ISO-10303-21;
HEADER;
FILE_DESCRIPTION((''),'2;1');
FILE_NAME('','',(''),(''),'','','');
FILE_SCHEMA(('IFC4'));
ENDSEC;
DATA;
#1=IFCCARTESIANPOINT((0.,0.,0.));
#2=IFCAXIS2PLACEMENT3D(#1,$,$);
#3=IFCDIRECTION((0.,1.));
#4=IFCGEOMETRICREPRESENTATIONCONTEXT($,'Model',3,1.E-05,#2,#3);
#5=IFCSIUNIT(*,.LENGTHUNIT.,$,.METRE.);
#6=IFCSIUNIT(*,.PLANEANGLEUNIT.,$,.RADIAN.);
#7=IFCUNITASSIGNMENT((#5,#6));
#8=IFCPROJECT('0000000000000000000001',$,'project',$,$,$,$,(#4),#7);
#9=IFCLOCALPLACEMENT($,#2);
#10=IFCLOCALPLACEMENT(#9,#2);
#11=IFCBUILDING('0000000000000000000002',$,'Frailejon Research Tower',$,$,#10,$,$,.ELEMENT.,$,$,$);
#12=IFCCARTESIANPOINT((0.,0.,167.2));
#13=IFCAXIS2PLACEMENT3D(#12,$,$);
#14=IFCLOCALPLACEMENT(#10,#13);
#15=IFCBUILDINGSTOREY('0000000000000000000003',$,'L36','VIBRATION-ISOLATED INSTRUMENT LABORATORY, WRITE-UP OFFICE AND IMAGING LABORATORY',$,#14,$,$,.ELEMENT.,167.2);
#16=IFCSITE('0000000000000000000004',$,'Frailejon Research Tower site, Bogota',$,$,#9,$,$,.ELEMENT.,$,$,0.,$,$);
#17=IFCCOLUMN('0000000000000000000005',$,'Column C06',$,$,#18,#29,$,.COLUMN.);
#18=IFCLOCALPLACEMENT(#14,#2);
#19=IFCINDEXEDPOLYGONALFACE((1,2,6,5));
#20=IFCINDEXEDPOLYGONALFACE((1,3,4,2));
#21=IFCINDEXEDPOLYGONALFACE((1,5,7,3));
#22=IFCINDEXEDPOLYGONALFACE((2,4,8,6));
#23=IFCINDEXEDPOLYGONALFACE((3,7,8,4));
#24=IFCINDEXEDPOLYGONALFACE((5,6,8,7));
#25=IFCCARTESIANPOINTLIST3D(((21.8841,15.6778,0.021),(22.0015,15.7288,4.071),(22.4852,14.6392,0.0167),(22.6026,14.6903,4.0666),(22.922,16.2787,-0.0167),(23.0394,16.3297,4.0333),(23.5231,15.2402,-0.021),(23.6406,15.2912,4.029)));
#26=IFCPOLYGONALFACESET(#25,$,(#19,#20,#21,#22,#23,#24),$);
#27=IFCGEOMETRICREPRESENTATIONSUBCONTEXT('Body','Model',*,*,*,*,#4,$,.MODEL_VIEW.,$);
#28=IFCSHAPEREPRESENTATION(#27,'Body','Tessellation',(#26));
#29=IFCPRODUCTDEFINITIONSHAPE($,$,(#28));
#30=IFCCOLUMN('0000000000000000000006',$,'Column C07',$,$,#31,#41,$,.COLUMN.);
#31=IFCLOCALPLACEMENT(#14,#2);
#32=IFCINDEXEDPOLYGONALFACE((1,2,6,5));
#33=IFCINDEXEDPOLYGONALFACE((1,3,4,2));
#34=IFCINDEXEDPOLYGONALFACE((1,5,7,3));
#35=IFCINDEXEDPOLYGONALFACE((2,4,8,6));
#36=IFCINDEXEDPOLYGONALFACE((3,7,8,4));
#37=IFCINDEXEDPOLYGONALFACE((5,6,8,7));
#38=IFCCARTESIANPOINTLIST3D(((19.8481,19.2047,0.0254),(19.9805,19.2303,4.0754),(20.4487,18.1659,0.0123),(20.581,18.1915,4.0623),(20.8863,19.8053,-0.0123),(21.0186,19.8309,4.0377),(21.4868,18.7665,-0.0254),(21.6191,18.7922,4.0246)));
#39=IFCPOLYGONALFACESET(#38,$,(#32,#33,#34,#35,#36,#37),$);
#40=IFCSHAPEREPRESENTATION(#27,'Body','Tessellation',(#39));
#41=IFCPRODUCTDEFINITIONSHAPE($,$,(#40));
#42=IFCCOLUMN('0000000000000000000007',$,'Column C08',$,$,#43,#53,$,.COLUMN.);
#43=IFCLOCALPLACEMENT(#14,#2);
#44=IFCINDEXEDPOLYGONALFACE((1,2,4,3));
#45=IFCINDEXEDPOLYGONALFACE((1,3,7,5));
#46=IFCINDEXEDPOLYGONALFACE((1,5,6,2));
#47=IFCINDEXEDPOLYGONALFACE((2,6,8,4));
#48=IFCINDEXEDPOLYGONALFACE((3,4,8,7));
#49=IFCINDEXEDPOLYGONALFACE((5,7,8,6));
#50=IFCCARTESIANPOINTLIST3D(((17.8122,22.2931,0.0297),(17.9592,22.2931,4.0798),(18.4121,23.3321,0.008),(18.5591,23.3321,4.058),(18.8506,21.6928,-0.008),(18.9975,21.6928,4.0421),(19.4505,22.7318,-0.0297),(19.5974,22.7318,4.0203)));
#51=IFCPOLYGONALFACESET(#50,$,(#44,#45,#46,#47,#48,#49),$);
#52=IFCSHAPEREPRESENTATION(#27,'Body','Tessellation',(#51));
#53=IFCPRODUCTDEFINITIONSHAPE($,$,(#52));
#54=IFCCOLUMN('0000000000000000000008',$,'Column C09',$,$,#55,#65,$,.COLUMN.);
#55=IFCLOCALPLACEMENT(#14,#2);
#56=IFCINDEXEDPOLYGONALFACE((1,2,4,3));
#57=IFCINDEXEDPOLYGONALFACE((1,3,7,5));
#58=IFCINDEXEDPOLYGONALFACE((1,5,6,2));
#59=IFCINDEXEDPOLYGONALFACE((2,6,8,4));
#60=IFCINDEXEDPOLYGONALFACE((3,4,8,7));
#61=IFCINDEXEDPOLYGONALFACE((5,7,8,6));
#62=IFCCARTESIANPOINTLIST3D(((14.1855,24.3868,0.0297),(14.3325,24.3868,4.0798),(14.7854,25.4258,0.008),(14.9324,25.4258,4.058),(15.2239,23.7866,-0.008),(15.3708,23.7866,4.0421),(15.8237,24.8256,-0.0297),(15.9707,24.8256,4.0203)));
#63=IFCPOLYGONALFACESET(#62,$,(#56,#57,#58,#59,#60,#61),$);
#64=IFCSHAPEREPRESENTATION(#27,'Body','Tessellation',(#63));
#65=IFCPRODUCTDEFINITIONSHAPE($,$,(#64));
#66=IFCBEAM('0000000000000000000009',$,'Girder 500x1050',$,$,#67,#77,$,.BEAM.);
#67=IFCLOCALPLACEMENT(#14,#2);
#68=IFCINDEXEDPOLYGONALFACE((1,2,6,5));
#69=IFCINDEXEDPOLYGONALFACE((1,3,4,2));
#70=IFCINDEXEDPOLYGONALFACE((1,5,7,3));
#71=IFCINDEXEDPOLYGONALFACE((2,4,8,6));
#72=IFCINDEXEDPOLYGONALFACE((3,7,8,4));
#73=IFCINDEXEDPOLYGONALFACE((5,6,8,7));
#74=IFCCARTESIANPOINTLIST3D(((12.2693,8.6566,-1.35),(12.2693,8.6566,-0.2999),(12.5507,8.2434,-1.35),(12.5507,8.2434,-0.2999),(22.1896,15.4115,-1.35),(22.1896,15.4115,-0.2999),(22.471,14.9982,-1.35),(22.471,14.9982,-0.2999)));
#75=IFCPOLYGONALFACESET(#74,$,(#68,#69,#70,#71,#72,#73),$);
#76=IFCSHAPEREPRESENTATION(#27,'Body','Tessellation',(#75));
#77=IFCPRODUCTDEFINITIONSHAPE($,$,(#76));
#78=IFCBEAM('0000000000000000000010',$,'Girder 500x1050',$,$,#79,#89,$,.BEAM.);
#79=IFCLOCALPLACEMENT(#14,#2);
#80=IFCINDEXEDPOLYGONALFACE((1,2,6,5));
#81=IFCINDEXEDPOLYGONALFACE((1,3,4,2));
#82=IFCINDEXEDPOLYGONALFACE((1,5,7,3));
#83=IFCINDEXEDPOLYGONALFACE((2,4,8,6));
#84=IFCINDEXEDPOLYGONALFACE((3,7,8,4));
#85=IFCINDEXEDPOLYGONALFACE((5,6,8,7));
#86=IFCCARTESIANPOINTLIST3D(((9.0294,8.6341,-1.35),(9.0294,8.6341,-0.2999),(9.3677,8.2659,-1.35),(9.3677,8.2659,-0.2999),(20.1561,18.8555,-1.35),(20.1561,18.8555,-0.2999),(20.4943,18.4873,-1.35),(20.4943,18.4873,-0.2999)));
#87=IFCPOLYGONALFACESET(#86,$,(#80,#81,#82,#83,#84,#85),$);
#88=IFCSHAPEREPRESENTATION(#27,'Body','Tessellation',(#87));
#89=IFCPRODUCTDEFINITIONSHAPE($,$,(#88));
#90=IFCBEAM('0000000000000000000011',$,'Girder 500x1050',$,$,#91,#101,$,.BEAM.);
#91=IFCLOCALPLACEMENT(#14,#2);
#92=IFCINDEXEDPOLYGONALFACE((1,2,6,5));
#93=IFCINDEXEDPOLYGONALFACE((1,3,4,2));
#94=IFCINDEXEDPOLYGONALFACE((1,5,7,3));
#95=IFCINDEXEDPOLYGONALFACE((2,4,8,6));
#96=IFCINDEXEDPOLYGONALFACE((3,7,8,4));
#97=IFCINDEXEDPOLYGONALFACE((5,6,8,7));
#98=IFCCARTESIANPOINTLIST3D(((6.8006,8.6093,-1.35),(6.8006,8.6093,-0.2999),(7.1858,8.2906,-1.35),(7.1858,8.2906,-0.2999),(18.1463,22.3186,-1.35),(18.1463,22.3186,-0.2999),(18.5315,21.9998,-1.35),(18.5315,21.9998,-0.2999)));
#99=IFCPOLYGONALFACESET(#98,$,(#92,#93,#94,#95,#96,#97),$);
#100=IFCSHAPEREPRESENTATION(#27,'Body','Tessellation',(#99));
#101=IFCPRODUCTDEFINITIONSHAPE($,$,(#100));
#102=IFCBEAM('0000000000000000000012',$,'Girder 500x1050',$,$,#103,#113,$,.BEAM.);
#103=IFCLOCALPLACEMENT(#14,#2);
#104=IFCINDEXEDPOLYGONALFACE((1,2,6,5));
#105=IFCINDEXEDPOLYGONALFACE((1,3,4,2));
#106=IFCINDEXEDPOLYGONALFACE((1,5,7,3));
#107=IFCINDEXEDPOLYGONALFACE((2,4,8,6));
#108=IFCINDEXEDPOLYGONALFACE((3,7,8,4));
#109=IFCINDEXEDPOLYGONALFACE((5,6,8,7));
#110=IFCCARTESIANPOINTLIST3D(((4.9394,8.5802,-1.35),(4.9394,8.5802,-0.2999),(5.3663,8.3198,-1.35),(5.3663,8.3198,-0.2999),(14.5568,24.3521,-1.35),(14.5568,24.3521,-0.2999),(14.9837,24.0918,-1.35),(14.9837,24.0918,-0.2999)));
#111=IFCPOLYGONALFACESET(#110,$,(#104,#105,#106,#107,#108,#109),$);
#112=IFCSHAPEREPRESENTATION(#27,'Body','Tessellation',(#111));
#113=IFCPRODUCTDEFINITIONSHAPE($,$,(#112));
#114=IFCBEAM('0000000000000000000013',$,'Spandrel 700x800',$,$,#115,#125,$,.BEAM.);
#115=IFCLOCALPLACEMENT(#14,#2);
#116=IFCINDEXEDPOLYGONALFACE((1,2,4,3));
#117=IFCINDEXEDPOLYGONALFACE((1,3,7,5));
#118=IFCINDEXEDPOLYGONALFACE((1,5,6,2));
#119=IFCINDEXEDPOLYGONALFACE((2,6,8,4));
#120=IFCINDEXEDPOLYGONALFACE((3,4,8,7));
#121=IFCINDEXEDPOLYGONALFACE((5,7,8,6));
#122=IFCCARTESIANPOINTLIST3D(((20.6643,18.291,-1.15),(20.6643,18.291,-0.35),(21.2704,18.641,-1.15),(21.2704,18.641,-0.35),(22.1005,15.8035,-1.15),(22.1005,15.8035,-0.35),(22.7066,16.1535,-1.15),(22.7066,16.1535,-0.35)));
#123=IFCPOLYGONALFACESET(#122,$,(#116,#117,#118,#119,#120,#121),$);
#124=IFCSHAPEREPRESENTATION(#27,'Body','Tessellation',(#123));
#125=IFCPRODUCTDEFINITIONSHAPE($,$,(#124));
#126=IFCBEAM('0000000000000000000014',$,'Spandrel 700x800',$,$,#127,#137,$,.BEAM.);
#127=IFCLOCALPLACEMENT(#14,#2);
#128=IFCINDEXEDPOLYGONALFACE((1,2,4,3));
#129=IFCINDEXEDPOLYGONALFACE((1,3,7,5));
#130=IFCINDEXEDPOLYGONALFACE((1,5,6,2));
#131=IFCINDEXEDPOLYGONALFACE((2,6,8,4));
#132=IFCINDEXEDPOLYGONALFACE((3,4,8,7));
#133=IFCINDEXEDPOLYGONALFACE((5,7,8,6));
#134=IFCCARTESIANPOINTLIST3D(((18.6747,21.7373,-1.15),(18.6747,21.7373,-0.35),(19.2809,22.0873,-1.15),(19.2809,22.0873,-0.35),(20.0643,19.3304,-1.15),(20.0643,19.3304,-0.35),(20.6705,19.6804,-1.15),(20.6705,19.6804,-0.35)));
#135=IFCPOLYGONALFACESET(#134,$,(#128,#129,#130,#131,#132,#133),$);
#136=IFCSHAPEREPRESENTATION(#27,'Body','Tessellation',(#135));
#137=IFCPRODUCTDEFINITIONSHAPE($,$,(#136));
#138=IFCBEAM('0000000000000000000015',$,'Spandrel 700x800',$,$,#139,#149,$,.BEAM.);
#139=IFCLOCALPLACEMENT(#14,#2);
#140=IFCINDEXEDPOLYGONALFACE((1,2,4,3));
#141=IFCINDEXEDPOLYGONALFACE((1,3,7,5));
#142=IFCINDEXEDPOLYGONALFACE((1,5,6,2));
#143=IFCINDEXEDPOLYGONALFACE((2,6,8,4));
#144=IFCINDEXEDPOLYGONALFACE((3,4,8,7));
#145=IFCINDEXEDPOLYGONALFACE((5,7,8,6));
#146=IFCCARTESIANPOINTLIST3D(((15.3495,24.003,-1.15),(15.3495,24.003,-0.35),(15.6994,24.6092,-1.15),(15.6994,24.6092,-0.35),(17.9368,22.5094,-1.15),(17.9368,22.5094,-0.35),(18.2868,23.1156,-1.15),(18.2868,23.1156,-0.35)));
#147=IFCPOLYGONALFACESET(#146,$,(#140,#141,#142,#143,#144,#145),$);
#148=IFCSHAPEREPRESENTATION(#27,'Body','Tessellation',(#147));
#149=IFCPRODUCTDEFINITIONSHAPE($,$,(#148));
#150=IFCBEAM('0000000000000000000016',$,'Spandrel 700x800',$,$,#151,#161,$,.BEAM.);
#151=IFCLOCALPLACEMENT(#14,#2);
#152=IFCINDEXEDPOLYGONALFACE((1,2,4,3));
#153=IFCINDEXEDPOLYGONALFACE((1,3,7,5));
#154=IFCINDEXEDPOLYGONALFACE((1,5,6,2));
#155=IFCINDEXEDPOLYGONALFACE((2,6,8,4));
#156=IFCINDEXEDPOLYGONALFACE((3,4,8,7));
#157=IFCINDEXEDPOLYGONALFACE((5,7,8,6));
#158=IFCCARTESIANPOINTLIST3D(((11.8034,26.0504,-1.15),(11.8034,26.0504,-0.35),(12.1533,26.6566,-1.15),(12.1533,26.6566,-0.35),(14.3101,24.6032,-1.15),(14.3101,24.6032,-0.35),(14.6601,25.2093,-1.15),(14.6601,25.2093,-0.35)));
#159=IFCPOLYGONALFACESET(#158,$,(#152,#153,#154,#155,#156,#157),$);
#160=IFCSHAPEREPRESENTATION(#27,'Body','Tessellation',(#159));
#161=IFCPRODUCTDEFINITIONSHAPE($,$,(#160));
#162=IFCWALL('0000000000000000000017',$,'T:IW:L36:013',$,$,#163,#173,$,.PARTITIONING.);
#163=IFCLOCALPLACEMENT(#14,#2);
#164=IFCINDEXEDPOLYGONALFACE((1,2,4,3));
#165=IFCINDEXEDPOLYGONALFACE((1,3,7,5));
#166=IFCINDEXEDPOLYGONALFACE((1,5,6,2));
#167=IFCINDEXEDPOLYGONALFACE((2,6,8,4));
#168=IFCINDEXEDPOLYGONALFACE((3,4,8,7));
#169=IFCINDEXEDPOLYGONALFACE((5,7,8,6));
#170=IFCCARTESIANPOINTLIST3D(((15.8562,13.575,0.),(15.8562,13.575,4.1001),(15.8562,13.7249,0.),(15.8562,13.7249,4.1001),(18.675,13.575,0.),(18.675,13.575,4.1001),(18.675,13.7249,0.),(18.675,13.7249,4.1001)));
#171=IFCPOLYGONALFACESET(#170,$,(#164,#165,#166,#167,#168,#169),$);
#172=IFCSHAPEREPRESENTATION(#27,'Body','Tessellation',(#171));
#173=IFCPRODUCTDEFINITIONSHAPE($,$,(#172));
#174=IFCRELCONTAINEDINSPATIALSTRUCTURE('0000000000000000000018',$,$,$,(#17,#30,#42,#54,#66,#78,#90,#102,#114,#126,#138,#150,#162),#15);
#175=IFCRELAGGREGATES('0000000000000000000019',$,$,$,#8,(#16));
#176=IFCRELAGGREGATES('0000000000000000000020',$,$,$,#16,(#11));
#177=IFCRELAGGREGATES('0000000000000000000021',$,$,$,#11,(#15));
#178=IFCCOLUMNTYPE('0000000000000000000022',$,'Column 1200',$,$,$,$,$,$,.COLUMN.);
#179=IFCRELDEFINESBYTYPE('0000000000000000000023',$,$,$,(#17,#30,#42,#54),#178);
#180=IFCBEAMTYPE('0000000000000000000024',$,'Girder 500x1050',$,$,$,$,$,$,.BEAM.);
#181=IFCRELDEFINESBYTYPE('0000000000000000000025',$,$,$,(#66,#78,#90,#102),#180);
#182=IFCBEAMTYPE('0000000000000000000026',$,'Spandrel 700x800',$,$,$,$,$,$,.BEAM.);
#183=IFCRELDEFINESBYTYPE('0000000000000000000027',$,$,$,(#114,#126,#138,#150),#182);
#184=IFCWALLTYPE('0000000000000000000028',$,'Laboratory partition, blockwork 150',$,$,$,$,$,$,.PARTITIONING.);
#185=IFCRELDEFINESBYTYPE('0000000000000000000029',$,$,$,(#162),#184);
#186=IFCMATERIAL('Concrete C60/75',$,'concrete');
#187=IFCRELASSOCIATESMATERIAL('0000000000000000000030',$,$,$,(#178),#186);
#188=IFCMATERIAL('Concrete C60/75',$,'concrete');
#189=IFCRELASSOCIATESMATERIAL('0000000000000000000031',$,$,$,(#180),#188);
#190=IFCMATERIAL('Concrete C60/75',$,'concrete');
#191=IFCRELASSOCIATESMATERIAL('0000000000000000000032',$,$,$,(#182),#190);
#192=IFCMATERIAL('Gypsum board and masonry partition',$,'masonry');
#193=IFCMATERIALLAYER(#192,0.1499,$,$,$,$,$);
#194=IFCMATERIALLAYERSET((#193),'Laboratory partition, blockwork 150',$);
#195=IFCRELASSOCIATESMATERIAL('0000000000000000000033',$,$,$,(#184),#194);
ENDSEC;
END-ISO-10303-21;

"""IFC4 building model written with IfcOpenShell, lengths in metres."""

from ifc_helpers import new_model, si_unit, direction, frame, frame_2d, origin, origin_2d, place, context, subcontext, project, spatial, rectangle, extrude, material, layer, layer_set, material_profile, profile_set, type_object, element, save


model = new_model("IFC4")

# Units and contexts
model_context = context("Model", 3, precision=1e-05, world=origin(), true_north=direction((0.0, 1.0)))
body_context = subcontext(model_context, "Body", "Model", "MODEL_VIEW")
ifc_project = project(units=[si_unit("LENGTHUNIT", "METRE"), si_unit("PLANEANGLEUNIT", "RADIAN")], contexts=[model_context])

# Site, building, storey
site_placement = place(None, origin())
site = spatial("IfcSite", under=ifc_project, at=site_placement, Name="Frailejon Research Tower site, Bogota", CompositionType="ELEMENT", RefElevation=0.0)
building_placement = place(site_placement, origin())
building = spatial("IfcBuilding", under=site, at=building_placement, Name="Frailejon Research Tower", CompositionType="ELEMENT")
storey_placement = place(building_placement, frame((0.0, 0.0, 167.2)))
storey = spatial("IfcBuildingStorey", under=building, at=storey_placement, Name="L36", Description="VIBRATION-ISOLATED INSTRUMENT LABORATORY, WRITE-UP OFFICE AND IMAGING LABORATORY", CompositionType="ELEMENT", Elevation=167.2)

# Columns
ifc_material_1 = material(Name="Concrete C60/75", Category="concrete")
ifc_material_profile_1 = material_profile(ifc_material_1, rectangle(XDim=1.2, YDim=1.2, at=origin_2d()), Name="Column 1200")
ifc_profile_set_1 = profile_set([ifc_material_profile_1], Name="Concrete C60/75")
column_type = type_object("IfcColumnType", Name="Column 1200", PredefinedType="COLUMN", material=ifc_profile_set_1)
column_1_placement = place(storey_placement, frame((22.7036, 15.459, 0.0), z_axis=(0.028981, 0.012592, 0.999501), x_axis=(-0.500966, 0.865459, 0.003622)))
element("IfcColumn", 1, at=column_1_placement, inside=storey, type_object=column_type, Name="Column C06", PredefinedType="COLUMN", context=body_context, shape_type="SweptSolid", body=[
    extrude(rectangle(XDim=1.2, YDim=1.2, at=origin_2d()), origin(), (0.0, 0.0, 1.0), 4.052),
])
column_2_placement = place(storey_placement, frame((20.6675, 18.9856, 0.0), z_axis=(0.032654, 0.006326, 0.999447), x_axis=(-0.500479, 0.865681, 0.010872)))
element("IfcColumn", 2, at=column_2_placement, inside=storey, type_object=column_type, Name="Column C07", PredefinedType="COLUMN", context=body_context, shape_type="SweptSolid", body=[
    extrude(rectangle(XDim=1.2, YDim=1.2, at=origin_2d()), origin(), (0.0, 0.0, 1.0), 4.0522),
])
for number, where, z_axis, x_axis, name in (
    (3, (18.6313, 22.5125, 0.0), (0.036265, 0.0, 0.999342), (-0.865314, 0.500246, 0.031401), "Column C08"),
    (4, (15.0046, 24.6062, 0.0), (0.036265, 0.0, 0.999342), (-0.865314, 0.500246, 0.031401), "Column C09"),
):
    element("IfcColumn", number, at=place(storey_placement, frame(where, z_axis=z_axis, x_axis=x_axis)), inside=storey, type_object=column_type, Name=name, PredefinedType="COLUMN", context=body_context, shape_type="SweptSolid", body=[
        extrude(rectangle(XDim=1.2, YDim=1.2, at=origin_2d()), origin(), (0.0, 0.0, 1.0), 4.0527),
    ])

# Beams
ifc_material_2 = material(Name="Concrete C60/75", Category="concrete")
ifc_material_profile_2 = material_profile(ifc_material_2, rectangle(XDim=0.5, YDim=1.05, at=origin_2d()), Name="Girder 500x1050")
ifc_profile_set_2 = profile_set([ifc_material_profile_2], Name="Concrete C60/75")
beam_type_1 = type_object("IfcBeamType", Name="Girder 500x1050", PredefinedType="BEAM", material=ifc_profile_set_2)
beam_1_placement = place(storey_placement, frame((22.3303, 15.2048, -0.825), z_axis=(-0.826578, -0.562823, 0.0), x_axis=(0.562823, -0.826578, 0.0)))
element("IfcBeam", 5, at=beam_1_placement, inside=storey, type_object=beam_type_1, Name="Girder 500x1050", PredefinedType="BEAM", context=body_context, shape_type="SweptSolid", body=[
    extrude(rectangle(XDim=0.5, YDim=1.05, at=origin_2d()), origin(), (0.0, 0.0, 1.0), 12.0017),
])
beam_2_placement = place(storey_placement, frame((20.3252, 18.6714, -0.825), z_axis=(-0.73643, -0.676514, 0.0), x_axis=(0.676514, -0.73643, 0.0)))
element("IfcBeam", 6, at=beam_2_placement, inside=storey, type_object=beam_type_1, Name="Girder 500x1050", PredefinedType="BEAM", context=body_context, shape_type="SweptSolid", body=[
    extrude(rectangle(XDim=0.5, YDim=1.05, at=origin_2d()), origin(), (0.0, 0.0, 1.0), 15.1089),
])
beam_3_placement = place(storey_placement, frame((18.3389, 22.1592, -0.825), z_axis=(-0.637572, -0.770391, 0.0), x_axis=(0.770391, -0.637572, 0.0)))
element("IfcBeam", 7, at=beam_3_placement, inside=storey, type_object=beam_type_1, Name="Girder 500x1050", PredefinedType="BEAM", context=body_context, shape_type="SweptSolid", body=[
    extrude(rectangle(XDim=0.5, YDim=1.05, at=origin_2d()), origin(), (0.0, 0.0, 1.0), 17.7952),
])
beam_4_placement = place(storey_placement, frame((14.7703, 24.2219, -0.825), z_axis=(-0.520622, -0.853787, 0.0), x_axis=(0.853787, -0.520622, 0.0)))
element("IfcBeam", 8, at=beam_4_placement, inside=storey, type_object=beam_type_1, Name="Girder 500x1050", PredefinedType="BEAM", context=body_context, shape_type="SweptSolid", body=[
    extrude(rectangle(XDim=0.5, YDim=1.05, at=origin_2d()), origin(), (0.0, 0.0, 1.0), 18.4729),
])
ifc_material_3 = material(Name="Concrete C60/75", Category="concrete")
ifc_material_profile_3 = material_profile(ifc_material_3, rectangle(XDim=0.7, YDim=0.8, at=origin_2d()), Name="Spandrel 700x800")
ifc_profile_set_3 = profile_set([ifc_material_profile_3], Name="Concrete C60/75")
beam_type_2 = type_object("IfcBeamType", Name="Spandrel 700x800", PredefinedType="BEAM", material=ifc_profile_set_3)
beam_5_placement = place(storey_placement, frame((22.4036, 15.9785, -0.75), z_axis=(-0.500024, 0.866011, 0.0), x_axis=(-0.866011, -0.500024, 0.0)))
element("IfcBeam", 9, at=beam_5_placement, inside=storey, type_object=beam_type_2, Name="Spandrel 700x800", PredefinedType="BEAM", context=body_context, shape_type="SweptSolid", body=[
    extrude(rectangle(XDim=0.7, YDim=0.8, at=origin_2d()), origin(), (0.0, 0.0, 1.0), 2.8723),
])
beam_6_placement = place(storey_placement, frame((20.3674, 19.5054, -0.75), z_axis=(-0.499994, 0.866029, 0.0), x_axis=(-0.866029, -0.499994, 0.0)))
element("IfcBeam", 10, at=beam_6_placement, inside=storey, type_object=beam_type_2, Name="Spandrel 700x800", PredefinedType="BEAM", context=body_context, shape_type="SweptSolid", body=[
    extrude(rectangle(XDim=0.7, YDim=0.8, at=origin_2d()), origin(), (0.0, 0.0, 1.0), 2.7793),
])
beam_7_placement = place(storey_placement, frame((18.1118, 22.8125, -0.75), z_axis=(-0.866052, 0.499954, 0.0), x_axis=(-0.499954, -0.866052, 0.0)))
element("IfcBeam", 11, at=beam_7_placement, inside=storey, type_object=beam_type_2, Name="Spandrel 700x800", PredefinedType="BEAM", context=body_context, shape_type="SweptSolid", body=[
    extrude(rectangle(XDim=0.7, YDim=0.8, at=origin_2d()), origin(), (0.0, 0.0, 1.0), 2.9875),
])
beam_8_placement = place(storey_placement, frame((14.4851, 24.9062, -0.75), z_axis=(-0.866034, 0.499985, 0.0), x_axis=(-0.499985, -0.866034, 0.0)))
element("IfcBeam", 12, at=beam_8_placement, inside=storey, type_object=beam_type_2, Name="Spandrel 700x800", PredefinedType="BEAM", context=body_context, shape_type="SweptSolid", body=[
    extrude(rectangle(XDim=0.7, YDim=0.8, at=origin_2d()), origin(), (0.0, 0.0, 1.0), 2.8945),
])

# Wall
ifc_material_4 = material(Name="Gypsum board and masonry partition", Category="masonry")
ifc_layer_1 = layer(ifc_material_4, 0.1499)
ifc_layer_set_1 = layer_set([ifc_layer_1], Name="Laboratory partition, blockwork 150")
wall_type_1 = type_object("IfcWallType", Name="Laboratory partition, blockwork 150", PredefinedType="PARTITIONING", material=ifc_layer_set_1)
wall_1_placement = place(storey_placement, frame((15.8562, 13.6499, 0.0), z_axis=(0.0, 0.0, 1.0), x_axis=(1.0, 0.0, 0.0)))
element("IfcWall", 13, at=wall_1_placement, inside=storey, type_object=wall_type_1, Name="T:IW:L36:013", PredefinedType="PARTITIONING", context=body_context, shape_type="SweptSolid", body=[
    extrude(rectangle(XDim=2.8188, YDim=0.1499, at=frame_2d((1.4094, 0.0))), origin(), (0.0, 0.0, 1.0), 4.1001),
])

save(model, "model.ifc")
